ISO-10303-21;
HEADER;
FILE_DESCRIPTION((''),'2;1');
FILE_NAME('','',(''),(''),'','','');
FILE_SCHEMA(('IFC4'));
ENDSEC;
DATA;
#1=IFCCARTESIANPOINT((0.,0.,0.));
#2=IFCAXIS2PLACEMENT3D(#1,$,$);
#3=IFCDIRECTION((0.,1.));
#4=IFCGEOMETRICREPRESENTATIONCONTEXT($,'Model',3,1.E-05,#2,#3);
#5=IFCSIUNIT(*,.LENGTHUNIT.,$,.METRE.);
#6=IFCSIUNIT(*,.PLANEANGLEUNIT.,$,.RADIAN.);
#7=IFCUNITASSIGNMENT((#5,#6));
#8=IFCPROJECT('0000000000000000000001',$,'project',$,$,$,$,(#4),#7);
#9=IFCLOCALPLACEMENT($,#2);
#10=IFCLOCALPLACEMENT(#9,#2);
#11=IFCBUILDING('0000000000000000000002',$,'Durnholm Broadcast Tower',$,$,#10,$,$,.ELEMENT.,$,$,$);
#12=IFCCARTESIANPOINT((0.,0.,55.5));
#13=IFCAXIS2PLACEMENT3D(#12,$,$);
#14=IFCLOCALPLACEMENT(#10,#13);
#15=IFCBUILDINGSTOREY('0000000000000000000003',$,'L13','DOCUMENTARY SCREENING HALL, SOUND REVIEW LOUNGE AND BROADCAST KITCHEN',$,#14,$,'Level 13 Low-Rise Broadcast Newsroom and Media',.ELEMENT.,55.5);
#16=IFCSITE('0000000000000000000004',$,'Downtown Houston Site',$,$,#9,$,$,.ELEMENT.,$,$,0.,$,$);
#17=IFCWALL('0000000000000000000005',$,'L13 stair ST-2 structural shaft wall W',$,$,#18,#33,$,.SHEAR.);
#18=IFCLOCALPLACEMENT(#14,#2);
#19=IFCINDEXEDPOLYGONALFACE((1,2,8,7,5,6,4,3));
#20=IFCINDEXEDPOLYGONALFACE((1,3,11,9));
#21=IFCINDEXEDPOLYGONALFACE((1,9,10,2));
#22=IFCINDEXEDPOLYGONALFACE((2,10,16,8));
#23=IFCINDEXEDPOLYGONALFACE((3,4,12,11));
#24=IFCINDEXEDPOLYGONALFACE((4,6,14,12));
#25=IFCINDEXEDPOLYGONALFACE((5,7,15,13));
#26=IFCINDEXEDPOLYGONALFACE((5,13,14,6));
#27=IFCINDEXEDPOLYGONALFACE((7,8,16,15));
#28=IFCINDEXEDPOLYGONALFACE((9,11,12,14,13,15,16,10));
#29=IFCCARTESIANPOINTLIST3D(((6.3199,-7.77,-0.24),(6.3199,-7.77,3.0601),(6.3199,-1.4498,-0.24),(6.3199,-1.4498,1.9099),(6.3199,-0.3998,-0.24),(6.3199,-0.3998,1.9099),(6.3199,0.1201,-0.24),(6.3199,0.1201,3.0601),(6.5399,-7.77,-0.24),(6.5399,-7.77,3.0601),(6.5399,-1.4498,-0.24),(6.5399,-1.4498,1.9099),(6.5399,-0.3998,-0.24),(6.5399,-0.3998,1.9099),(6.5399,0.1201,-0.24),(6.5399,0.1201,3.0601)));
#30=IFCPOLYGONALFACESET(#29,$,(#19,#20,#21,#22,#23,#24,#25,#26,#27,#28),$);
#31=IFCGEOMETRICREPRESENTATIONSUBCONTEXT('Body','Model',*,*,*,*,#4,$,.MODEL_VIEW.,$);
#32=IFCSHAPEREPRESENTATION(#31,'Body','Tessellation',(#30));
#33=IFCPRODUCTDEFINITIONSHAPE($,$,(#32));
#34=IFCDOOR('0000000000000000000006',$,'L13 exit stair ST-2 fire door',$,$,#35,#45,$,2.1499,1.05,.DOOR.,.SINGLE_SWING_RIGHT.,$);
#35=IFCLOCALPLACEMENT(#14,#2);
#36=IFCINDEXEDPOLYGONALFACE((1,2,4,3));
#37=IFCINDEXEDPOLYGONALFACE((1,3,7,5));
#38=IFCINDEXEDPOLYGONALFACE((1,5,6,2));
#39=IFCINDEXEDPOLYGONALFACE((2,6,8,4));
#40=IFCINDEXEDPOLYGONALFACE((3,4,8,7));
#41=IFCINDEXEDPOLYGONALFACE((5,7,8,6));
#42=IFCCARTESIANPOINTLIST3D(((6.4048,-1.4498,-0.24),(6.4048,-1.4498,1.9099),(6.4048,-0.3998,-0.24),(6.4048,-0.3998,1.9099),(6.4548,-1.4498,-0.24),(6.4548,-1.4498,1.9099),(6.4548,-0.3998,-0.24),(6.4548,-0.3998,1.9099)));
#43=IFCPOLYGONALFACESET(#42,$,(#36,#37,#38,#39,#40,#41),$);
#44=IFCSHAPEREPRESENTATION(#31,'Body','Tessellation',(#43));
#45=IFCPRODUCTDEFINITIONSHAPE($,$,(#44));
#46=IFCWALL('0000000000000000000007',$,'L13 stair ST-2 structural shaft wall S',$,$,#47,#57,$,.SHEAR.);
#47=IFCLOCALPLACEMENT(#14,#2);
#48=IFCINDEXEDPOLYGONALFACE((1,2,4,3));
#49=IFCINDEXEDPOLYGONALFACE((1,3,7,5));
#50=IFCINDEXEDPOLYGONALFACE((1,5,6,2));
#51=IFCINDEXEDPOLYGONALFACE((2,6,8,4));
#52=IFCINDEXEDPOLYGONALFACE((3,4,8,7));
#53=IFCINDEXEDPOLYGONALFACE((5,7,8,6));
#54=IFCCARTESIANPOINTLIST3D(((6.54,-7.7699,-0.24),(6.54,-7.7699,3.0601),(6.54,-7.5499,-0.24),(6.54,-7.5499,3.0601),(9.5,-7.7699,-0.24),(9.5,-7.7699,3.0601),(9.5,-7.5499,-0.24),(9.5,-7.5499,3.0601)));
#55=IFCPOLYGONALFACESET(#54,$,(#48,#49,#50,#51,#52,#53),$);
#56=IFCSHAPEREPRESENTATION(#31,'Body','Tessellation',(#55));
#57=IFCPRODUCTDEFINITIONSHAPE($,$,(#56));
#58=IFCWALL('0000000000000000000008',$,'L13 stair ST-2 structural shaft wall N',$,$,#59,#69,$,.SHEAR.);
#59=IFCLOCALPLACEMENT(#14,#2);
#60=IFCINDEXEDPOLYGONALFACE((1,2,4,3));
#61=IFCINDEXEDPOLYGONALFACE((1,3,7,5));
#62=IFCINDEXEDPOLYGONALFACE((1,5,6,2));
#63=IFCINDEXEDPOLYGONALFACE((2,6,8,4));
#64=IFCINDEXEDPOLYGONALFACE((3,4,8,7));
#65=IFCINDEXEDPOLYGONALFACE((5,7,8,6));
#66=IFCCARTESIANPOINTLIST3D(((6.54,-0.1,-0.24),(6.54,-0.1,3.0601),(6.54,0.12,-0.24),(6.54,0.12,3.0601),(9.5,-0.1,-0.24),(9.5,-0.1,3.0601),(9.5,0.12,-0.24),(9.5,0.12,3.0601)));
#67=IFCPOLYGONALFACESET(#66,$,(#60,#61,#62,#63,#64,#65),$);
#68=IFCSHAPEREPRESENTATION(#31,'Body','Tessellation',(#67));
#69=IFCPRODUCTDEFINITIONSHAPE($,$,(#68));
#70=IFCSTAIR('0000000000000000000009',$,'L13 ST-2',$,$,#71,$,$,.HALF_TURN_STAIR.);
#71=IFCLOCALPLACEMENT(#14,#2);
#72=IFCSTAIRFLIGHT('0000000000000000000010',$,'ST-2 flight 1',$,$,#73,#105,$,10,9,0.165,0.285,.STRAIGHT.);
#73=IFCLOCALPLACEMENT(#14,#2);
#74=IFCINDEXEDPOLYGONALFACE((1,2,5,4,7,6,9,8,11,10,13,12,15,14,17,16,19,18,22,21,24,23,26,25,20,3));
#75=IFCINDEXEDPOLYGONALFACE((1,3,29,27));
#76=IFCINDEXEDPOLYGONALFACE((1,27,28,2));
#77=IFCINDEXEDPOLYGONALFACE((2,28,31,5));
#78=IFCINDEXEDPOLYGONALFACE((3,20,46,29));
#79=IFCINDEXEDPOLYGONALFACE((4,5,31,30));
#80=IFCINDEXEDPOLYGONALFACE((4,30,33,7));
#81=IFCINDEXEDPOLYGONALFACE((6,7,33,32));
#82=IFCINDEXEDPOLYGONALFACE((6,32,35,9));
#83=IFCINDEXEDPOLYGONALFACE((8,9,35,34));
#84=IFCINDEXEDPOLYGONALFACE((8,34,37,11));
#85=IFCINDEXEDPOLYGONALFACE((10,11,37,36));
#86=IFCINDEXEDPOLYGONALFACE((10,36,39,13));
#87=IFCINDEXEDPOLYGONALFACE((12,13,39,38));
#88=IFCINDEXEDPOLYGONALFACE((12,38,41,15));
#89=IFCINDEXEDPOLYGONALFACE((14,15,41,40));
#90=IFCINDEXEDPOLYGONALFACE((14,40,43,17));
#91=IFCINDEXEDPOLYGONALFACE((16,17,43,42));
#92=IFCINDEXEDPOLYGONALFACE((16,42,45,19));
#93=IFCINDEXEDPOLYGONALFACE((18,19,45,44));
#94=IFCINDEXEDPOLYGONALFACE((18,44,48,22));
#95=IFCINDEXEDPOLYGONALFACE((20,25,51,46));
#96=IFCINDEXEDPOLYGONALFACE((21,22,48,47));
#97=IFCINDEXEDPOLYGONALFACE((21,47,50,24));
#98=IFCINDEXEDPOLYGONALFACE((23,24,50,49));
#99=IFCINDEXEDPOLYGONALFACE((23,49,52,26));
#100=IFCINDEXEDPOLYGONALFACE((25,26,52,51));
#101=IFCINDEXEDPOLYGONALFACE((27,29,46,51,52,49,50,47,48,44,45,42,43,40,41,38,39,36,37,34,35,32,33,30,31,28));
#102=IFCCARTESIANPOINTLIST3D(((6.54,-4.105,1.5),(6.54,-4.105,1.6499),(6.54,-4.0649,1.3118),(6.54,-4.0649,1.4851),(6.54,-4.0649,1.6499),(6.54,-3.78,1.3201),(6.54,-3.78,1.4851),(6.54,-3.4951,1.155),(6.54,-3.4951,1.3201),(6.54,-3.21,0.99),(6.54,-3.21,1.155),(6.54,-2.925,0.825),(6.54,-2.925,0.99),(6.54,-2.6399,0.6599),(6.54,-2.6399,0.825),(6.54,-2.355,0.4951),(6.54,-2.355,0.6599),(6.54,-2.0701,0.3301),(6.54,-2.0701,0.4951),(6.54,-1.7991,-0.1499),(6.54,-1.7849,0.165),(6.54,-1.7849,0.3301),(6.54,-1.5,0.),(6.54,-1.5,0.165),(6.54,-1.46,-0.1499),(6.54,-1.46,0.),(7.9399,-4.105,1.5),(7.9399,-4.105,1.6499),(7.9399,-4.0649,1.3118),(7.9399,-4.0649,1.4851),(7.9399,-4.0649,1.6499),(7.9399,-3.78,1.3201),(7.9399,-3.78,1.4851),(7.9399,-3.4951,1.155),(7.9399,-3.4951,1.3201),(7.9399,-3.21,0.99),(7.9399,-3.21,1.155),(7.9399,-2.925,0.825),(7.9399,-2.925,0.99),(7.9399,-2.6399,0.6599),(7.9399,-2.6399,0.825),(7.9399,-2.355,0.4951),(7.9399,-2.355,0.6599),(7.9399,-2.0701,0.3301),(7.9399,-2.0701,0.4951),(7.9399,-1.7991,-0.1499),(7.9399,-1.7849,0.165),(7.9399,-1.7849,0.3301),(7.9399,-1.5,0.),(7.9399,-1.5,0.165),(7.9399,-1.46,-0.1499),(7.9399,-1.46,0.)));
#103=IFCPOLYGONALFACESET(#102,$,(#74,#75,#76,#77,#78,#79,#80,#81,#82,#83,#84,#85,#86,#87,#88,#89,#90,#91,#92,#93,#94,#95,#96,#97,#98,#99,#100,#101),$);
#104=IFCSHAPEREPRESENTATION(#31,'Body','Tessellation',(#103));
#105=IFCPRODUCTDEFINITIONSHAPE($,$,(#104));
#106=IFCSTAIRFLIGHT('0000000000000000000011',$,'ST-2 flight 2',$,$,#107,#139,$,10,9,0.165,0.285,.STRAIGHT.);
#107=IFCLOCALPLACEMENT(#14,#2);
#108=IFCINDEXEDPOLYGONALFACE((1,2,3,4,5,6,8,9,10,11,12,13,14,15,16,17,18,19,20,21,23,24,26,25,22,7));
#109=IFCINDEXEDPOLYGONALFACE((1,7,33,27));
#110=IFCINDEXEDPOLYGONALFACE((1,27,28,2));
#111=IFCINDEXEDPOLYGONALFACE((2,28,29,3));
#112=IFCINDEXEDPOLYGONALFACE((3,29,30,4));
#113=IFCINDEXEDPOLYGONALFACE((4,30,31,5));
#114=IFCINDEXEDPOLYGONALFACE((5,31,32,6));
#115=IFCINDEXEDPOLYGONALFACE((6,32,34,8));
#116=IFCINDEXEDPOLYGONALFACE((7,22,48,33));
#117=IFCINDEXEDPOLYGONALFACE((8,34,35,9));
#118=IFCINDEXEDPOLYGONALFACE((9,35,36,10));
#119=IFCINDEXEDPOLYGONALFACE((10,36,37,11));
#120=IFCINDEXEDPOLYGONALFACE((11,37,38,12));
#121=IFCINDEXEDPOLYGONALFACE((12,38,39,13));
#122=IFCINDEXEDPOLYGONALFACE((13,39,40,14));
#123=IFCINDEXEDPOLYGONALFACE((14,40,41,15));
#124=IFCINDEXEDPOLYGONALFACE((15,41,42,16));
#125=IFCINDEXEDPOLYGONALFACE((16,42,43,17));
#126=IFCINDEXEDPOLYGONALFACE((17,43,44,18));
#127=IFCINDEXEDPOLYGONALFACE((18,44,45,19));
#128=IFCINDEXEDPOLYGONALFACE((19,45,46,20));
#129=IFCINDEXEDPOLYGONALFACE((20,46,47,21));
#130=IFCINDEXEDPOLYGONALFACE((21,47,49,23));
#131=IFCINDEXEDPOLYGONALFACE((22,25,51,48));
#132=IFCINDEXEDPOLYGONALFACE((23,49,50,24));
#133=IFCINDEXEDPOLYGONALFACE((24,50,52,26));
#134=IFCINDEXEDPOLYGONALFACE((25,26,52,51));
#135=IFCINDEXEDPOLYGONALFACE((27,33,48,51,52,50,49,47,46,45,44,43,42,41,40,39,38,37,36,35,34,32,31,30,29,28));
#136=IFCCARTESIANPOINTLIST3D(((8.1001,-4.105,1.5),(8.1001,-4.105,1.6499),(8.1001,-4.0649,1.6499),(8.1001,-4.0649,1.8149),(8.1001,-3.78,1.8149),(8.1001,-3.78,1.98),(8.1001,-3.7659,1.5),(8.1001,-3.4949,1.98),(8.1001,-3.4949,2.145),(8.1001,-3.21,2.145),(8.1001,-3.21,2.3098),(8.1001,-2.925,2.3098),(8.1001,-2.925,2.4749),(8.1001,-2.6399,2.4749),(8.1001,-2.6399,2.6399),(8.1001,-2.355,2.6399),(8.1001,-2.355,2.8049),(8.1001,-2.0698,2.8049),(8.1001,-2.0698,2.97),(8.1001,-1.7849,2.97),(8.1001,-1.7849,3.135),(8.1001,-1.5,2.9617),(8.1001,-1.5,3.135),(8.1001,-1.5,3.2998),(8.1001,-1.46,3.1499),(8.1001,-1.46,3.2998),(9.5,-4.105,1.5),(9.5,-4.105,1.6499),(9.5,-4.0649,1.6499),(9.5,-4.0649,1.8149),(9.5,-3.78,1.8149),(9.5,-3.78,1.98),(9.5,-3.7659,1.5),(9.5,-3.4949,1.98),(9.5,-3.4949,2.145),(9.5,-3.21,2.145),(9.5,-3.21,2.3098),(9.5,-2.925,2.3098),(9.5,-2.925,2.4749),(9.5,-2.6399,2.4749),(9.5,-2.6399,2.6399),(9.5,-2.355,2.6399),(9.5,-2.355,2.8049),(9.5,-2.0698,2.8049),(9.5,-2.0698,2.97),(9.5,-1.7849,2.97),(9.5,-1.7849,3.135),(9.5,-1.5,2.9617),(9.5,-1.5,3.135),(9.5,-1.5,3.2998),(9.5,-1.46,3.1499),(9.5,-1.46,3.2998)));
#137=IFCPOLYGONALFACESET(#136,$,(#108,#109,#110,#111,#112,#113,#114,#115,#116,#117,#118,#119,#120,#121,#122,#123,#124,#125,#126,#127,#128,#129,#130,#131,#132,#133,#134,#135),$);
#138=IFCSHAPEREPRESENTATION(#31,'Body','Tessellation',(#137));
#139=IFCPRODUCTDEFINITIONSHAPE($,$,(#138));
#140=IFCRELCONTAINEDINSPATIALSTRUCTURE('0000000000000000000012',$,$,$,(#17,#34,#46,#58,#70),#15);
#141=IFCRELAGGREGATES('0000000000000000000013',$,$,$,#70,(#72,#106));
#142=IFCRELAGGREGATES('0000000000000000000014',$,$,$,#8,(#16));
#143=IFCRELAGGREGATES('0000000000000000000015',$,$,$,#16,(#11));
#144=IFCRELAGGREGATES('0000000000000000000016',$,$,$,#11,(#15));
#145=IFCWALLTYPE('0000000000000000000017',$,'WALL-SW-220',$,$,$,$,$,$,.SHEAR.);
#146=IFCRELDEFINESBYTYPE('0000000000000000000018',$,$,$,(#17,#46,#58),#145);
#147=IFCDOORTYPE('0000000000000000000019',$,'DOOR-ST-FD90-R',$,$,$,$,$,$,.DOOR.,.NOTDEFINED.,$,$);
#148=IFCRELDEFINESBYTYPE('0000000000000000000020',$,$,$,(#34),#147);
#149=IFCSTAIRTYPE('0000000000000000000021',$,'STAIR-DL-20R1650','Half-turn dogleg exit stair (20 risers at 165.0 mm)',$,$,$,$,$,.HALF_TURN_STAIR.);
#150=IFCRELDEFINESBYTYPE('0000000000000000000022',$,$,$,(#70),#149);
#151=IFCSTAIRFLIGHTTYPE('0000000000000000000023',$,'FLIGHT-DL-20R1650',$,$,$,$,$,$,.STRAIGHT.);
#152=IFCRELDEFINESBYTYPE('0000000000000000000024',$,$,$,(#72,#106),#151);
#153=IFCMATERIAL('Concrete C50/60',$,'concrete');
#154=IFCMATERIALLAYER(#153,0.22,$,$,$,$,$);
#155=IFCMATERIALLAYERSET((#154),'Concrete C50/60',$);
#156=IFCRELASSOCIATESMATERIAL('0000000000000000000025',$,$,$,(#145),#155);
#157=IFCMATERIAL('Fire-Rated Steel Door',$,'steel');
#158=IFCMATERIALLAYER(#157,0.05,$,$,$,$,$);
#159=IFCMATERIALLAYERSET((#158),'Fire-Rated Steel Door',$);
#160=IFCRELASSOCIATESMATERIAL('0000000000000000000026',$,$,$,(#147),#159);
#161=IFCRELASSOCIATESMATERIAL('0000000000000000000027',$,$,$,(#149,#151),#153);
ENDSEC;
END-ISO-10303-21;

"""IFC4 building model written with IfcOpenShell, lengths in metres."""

from ifc_helpers import new_model, si_unit, direction, frame, frame_2d, origin, place, context, subcontext, project, spatial, polyline, rectangle, outline, extrude, source, transform, mapped, material, layer, layer_set, type_object, type_shapes, element, fill, aggregate, save


model = new_model("IFC4")

# Units and contexts
model_context = context("Model", 3, precision=1e-05, world=origin(), true_north=direction((0.0, 1.0)))
body_context = subcontext(model_context, "Body", "Model", "MODEL_VIEW")
ifc_project = project(units=[si_unit("LENGTHUNIT", "METRE"), si_unit("PLANEANGLEUNIT", "RADIAN")], contexts=[model_context])

# Site, building, storey
site_placement = place(None, origin())
site = spatial("IfcSite", under=ifc_project, at=site_placement, Name="Downtown Houston Site", CompositionType="ELEMENT", RefElevation=0.0)
building_placement = place(site_placement, origin())
building = spatial("IfcBuilding", under=site, at=building_placement, Name="Durnholm Broadcast Tower", CompositionType="ELEMENT")
storey_placement = place(building_placement, frame((0.0, 0.0, 55.5)))
storey = spatial("IfcBuildingStorey", under=building, at=storey_placement, Name="L13", Description="DOCUMENTARY SCREENING HALL, SOUND REVIEW LOUNGE AND BROADCAST KITCHEN", LongName="Level 13 Low-Rise Broadcast Newsroom and Media", CompositionType="ELEMENT", Elevation=55.5)

# Shared definitions
ifc_material_1 = material(Name="Concrete C50/60", Category="concrete")
ifc_layer_1 = layer(ifc_material_1, 0.22)
ifc_layer_set_1 = layer_set([ifc_layer_1], Name="Concrete C50/60")
wall_type_1 = type_object("IfcWallType", Name="WALL-SW-220", PredefinedType="SHEAR", material=ifc_layer_set_1)

# Wall, opening, door
wall_1_placement = place(storey_placement, frame((6.4299, 0.1201, -0.24), z_axis=(0.0, 0.0, 1.0), x_axis=(0.0, -1.0, 0.0)))
wall_1 = element("IfcWall", 1, at=wall_1_placement, inside=storey, type_object=wall_type_1, Name="L13 stair ST-2 structural shaft wall W", PredefinedType="SHEAR", context=body_context, shape_type="SweptSolid", body=[
    extrude(rectangle(XDim=7.8901, YDim=0.22, at=frame_2d((3.9451, 0.0))), origin(), (0.0, 0.0, 1.0), 3.3),
])
opening_1_placement = place(wall_1_placement, frame((0.52, 0.0, 0.0)))
opening_1 = element("IfcOpeningElement", 2, at=opening_1_placement, cuts=wall_1, PredefinedType="OPENING", context=body_context, shape_type="SweptSolid", body=[
    extrude(rectangle(XDim=1.05, YDim=2.1499, at=frame_2d((0.5249, 1.075))), frame((0.0, 0.1201, 0.0), z_axis=(0.0, -1.0, 0.0), x_axis=(1.0, 0.0, 0.0)), (0.0, 0.0, 1.0), 0.24),
])
ifc_material_2 = material(Name="Fire-Rated Steel Door", Category="steel")
ifc_layer_2 = layer(ifc_material_2, 0.05)
ifc_layer_set_2 = layer_set([ifc_layer_2], Name="Fire-Rated Steel Door")
door_type_1 = type_object("IfcDoorType", Name="DOOR-ST-FD90-R", OperationType="NOTDEFINED", PredefinedType="DOOR", material=ifc_layer_set_2)
shared_shape_1 = source(origin(), body_context, "Body", "SweptSolid", [
    extrude(rectangle(XDim=1.05, YDim=2.1499, at=frame_2d((0.5249, 1.075))), frame((0.0, 0.0249, 0.0), z_axis=(0.0, -1.0, 0.0), x_axis=(1.0, 0.0, 0.0)), (0.0, 0.0, 1.0), 0.05),
])
type_shapes(door_type_1, [shared_shape_1])
door_1_placement = place(opening_1_placement, origin())
door_1 = element("IfcDoor", 3, at=door_1_placement, inside=storey, type_object=door_type_1, Name="L13 exit stair ST-2 fire door", OperationType="SINGLE_SWING_RIGHT", OverallHeight=2.1499, OverallWidth=1.05, PredefinedType="DOOR", context=body_context, shape_type="MappedRepresentation", body=[
    mapped(shared_shape_1, transform((0.0, 0.0, 0.0), x_axis=(1.0, 0.0, 0.0), y_axis=(0.0, 1.0, 0.0), z_axis=(0.0, 0.0, 1.0), scale=1.0)),
])
fill(opening_1, door_1)

# Walls
for number, where, z_axis, x_axis, name in (
    (4, (6.54, -7.6599, -0.24), (0.0, 0.0, 1.0), (1.0, 0.0, 0.0), "L13 stair ST-2 structural shaft wall S"),
    (5, (9.5, 0.01, -0.24), (0.0, 0.0, 1.0), (-1.0, 0.0, 0.0), "L13 stair ST-2 structural shaft wall N"),
):
    element("IfcWall", number, at=place(storey_placement, frame(where, z_axis=z_axis, x_axis=x_axis)), inside=storey, type_object=wall_type_1, Name=name, PredefinedType="SHEAR", context=body_context, shape_type="SweptSolid", body=[
        extrude(rectangle(XDim=2.96, YDim=0.22, at=frame_2d((1.48, 0.0))), origin(), (0.0, 0.0, 1.0), 3.3),
    ])

# Stair, stair flights
stair_type = type_object("IfcStairType", Name="STAIR-DL-20R1650", Description="Half-turn dogleg exit stair (20 risers at 165.0 mm)", PredefinedType="HALF_TURN_STAIR", material=ifc_material_1)
stair_placement = place(storey_placement, origin())
stair = element("IfcStair", 6, at=stair_placement, inside=storey, type_object=stair_type, Name="L13 ST-2", PredefinedType="HALF_TURN_STAIR")
stair_flight_type = type_object("IfcStairFlightType", Name="FLIGHT-DL-20R1650", PredefinedType="STRAIGHT", material=ifc_material_1)
stair_flight_1_placement = place(storey_placement, frame((7.24, -1.5, 0.0), z_axis=(0.0, 0.0, 1.0), x_axis=(0.0, -1.0, 0.0)))
stair_flight_1 = element("IfcStairFlight", 7, at=stair_flight_1_placement, type_object=stair_flight_type, Name="ST-2 flight 1", NumberOfRisers=10, NumberOfTreads=9, PredefinedType="STRAIGHT", RiserHeight=0.165, TreadLength=0.285, context=body_context, shape_type="SweptSolid", body=[
    extrude(outline(polyline([(-0.04, -0.1499), (-0.04, 0.0), (0.0, 0.0), (0.0, 0.165), (0.2849, 0.165), (0.2849, 0.3301), (0.5701, 0.3301), (0.5701, 0.4951), (0.855, 0.4951), (0.855, 0.6599), (1.1399, 0.6599), (1.1399, 0.825), (1.425, 0.825), (1.425, 0.99), (1.71, 0.99), (1.71, 1.155), (1.9951, 1.155), (1.9951, 1.3201), (2.28, 1.3201), (2.28, 1.4851), (2.5649, 1.4851), (2.5649, 1.6499), (2.605, 1.6499), (2.605, 1.5), (2.5649, 1.3118), (0.2991, -0.1499), (-0.04, -0.1499)])), frame((0.0, 0.7, 0.0), z_axis=(0.0, -1.0, 0.0), x_axis=(1.0, 0.0, 0.0)), (0.0, 0.0, 1.0), 1.3999),
])
stair_flight_2_placement = place(storey_placement, frame((8.8, -4.0649, 1.6499), z_axis=(0.0, 0.0, 1.0), x_axis=(0.0, 1.0, 0.0)))
stair_flight_2 = element("IfcStairFlight", 8, at=stair_flight_2_placement, type_object=stair_flight_type, Name="ST-2 flight 2", NumberOfRisers=10, NumberOfTreads=9, PredefinedType="STRAIGHT", RiserHeight=0.165, TreadLength=0.285, context=body_context, shape_type="SweptSolid", body=[
    extrude(outline(polyline([(-0.04, -0.1499), (-0.04, 0.0), (0.0, 0.0), (0.0, 0.165), (0.2849, 0.165), (0.2849, 0.3301), (0.5701, 0.3301), (0.5701, 0.4951), (0.855, 0.4951), (0.855, 0.6599), (1.1399, 0.6599), (1.1399, 0.825), (1.425, 0.825), (1.425, 0.99), (1.71, 0.99), (1.71, 1.155), (1.9951, 1.155), (1.9951, 1.3201), (2.28, 1.3201), (2.28, 1.4851), (2.5649, 1.4851), (2.5649, 1.6499), (2.605, 1.6499), (2.605, 1.5), (2.5649, 1.3118), (0.2991, -0.1499), (-0.04, -0.1499)])), frame((0.0, 0.7, 0.0), z_axis=(0.0, -1.0, 0.0), x_axis=(1.0, 0.0, 0.0)), (0.0, 0.0, 1.0), 1.3999),
])
aggregate(stair, [stair_flight_1, stair_flight_2])

save(model, "model.ifc")
